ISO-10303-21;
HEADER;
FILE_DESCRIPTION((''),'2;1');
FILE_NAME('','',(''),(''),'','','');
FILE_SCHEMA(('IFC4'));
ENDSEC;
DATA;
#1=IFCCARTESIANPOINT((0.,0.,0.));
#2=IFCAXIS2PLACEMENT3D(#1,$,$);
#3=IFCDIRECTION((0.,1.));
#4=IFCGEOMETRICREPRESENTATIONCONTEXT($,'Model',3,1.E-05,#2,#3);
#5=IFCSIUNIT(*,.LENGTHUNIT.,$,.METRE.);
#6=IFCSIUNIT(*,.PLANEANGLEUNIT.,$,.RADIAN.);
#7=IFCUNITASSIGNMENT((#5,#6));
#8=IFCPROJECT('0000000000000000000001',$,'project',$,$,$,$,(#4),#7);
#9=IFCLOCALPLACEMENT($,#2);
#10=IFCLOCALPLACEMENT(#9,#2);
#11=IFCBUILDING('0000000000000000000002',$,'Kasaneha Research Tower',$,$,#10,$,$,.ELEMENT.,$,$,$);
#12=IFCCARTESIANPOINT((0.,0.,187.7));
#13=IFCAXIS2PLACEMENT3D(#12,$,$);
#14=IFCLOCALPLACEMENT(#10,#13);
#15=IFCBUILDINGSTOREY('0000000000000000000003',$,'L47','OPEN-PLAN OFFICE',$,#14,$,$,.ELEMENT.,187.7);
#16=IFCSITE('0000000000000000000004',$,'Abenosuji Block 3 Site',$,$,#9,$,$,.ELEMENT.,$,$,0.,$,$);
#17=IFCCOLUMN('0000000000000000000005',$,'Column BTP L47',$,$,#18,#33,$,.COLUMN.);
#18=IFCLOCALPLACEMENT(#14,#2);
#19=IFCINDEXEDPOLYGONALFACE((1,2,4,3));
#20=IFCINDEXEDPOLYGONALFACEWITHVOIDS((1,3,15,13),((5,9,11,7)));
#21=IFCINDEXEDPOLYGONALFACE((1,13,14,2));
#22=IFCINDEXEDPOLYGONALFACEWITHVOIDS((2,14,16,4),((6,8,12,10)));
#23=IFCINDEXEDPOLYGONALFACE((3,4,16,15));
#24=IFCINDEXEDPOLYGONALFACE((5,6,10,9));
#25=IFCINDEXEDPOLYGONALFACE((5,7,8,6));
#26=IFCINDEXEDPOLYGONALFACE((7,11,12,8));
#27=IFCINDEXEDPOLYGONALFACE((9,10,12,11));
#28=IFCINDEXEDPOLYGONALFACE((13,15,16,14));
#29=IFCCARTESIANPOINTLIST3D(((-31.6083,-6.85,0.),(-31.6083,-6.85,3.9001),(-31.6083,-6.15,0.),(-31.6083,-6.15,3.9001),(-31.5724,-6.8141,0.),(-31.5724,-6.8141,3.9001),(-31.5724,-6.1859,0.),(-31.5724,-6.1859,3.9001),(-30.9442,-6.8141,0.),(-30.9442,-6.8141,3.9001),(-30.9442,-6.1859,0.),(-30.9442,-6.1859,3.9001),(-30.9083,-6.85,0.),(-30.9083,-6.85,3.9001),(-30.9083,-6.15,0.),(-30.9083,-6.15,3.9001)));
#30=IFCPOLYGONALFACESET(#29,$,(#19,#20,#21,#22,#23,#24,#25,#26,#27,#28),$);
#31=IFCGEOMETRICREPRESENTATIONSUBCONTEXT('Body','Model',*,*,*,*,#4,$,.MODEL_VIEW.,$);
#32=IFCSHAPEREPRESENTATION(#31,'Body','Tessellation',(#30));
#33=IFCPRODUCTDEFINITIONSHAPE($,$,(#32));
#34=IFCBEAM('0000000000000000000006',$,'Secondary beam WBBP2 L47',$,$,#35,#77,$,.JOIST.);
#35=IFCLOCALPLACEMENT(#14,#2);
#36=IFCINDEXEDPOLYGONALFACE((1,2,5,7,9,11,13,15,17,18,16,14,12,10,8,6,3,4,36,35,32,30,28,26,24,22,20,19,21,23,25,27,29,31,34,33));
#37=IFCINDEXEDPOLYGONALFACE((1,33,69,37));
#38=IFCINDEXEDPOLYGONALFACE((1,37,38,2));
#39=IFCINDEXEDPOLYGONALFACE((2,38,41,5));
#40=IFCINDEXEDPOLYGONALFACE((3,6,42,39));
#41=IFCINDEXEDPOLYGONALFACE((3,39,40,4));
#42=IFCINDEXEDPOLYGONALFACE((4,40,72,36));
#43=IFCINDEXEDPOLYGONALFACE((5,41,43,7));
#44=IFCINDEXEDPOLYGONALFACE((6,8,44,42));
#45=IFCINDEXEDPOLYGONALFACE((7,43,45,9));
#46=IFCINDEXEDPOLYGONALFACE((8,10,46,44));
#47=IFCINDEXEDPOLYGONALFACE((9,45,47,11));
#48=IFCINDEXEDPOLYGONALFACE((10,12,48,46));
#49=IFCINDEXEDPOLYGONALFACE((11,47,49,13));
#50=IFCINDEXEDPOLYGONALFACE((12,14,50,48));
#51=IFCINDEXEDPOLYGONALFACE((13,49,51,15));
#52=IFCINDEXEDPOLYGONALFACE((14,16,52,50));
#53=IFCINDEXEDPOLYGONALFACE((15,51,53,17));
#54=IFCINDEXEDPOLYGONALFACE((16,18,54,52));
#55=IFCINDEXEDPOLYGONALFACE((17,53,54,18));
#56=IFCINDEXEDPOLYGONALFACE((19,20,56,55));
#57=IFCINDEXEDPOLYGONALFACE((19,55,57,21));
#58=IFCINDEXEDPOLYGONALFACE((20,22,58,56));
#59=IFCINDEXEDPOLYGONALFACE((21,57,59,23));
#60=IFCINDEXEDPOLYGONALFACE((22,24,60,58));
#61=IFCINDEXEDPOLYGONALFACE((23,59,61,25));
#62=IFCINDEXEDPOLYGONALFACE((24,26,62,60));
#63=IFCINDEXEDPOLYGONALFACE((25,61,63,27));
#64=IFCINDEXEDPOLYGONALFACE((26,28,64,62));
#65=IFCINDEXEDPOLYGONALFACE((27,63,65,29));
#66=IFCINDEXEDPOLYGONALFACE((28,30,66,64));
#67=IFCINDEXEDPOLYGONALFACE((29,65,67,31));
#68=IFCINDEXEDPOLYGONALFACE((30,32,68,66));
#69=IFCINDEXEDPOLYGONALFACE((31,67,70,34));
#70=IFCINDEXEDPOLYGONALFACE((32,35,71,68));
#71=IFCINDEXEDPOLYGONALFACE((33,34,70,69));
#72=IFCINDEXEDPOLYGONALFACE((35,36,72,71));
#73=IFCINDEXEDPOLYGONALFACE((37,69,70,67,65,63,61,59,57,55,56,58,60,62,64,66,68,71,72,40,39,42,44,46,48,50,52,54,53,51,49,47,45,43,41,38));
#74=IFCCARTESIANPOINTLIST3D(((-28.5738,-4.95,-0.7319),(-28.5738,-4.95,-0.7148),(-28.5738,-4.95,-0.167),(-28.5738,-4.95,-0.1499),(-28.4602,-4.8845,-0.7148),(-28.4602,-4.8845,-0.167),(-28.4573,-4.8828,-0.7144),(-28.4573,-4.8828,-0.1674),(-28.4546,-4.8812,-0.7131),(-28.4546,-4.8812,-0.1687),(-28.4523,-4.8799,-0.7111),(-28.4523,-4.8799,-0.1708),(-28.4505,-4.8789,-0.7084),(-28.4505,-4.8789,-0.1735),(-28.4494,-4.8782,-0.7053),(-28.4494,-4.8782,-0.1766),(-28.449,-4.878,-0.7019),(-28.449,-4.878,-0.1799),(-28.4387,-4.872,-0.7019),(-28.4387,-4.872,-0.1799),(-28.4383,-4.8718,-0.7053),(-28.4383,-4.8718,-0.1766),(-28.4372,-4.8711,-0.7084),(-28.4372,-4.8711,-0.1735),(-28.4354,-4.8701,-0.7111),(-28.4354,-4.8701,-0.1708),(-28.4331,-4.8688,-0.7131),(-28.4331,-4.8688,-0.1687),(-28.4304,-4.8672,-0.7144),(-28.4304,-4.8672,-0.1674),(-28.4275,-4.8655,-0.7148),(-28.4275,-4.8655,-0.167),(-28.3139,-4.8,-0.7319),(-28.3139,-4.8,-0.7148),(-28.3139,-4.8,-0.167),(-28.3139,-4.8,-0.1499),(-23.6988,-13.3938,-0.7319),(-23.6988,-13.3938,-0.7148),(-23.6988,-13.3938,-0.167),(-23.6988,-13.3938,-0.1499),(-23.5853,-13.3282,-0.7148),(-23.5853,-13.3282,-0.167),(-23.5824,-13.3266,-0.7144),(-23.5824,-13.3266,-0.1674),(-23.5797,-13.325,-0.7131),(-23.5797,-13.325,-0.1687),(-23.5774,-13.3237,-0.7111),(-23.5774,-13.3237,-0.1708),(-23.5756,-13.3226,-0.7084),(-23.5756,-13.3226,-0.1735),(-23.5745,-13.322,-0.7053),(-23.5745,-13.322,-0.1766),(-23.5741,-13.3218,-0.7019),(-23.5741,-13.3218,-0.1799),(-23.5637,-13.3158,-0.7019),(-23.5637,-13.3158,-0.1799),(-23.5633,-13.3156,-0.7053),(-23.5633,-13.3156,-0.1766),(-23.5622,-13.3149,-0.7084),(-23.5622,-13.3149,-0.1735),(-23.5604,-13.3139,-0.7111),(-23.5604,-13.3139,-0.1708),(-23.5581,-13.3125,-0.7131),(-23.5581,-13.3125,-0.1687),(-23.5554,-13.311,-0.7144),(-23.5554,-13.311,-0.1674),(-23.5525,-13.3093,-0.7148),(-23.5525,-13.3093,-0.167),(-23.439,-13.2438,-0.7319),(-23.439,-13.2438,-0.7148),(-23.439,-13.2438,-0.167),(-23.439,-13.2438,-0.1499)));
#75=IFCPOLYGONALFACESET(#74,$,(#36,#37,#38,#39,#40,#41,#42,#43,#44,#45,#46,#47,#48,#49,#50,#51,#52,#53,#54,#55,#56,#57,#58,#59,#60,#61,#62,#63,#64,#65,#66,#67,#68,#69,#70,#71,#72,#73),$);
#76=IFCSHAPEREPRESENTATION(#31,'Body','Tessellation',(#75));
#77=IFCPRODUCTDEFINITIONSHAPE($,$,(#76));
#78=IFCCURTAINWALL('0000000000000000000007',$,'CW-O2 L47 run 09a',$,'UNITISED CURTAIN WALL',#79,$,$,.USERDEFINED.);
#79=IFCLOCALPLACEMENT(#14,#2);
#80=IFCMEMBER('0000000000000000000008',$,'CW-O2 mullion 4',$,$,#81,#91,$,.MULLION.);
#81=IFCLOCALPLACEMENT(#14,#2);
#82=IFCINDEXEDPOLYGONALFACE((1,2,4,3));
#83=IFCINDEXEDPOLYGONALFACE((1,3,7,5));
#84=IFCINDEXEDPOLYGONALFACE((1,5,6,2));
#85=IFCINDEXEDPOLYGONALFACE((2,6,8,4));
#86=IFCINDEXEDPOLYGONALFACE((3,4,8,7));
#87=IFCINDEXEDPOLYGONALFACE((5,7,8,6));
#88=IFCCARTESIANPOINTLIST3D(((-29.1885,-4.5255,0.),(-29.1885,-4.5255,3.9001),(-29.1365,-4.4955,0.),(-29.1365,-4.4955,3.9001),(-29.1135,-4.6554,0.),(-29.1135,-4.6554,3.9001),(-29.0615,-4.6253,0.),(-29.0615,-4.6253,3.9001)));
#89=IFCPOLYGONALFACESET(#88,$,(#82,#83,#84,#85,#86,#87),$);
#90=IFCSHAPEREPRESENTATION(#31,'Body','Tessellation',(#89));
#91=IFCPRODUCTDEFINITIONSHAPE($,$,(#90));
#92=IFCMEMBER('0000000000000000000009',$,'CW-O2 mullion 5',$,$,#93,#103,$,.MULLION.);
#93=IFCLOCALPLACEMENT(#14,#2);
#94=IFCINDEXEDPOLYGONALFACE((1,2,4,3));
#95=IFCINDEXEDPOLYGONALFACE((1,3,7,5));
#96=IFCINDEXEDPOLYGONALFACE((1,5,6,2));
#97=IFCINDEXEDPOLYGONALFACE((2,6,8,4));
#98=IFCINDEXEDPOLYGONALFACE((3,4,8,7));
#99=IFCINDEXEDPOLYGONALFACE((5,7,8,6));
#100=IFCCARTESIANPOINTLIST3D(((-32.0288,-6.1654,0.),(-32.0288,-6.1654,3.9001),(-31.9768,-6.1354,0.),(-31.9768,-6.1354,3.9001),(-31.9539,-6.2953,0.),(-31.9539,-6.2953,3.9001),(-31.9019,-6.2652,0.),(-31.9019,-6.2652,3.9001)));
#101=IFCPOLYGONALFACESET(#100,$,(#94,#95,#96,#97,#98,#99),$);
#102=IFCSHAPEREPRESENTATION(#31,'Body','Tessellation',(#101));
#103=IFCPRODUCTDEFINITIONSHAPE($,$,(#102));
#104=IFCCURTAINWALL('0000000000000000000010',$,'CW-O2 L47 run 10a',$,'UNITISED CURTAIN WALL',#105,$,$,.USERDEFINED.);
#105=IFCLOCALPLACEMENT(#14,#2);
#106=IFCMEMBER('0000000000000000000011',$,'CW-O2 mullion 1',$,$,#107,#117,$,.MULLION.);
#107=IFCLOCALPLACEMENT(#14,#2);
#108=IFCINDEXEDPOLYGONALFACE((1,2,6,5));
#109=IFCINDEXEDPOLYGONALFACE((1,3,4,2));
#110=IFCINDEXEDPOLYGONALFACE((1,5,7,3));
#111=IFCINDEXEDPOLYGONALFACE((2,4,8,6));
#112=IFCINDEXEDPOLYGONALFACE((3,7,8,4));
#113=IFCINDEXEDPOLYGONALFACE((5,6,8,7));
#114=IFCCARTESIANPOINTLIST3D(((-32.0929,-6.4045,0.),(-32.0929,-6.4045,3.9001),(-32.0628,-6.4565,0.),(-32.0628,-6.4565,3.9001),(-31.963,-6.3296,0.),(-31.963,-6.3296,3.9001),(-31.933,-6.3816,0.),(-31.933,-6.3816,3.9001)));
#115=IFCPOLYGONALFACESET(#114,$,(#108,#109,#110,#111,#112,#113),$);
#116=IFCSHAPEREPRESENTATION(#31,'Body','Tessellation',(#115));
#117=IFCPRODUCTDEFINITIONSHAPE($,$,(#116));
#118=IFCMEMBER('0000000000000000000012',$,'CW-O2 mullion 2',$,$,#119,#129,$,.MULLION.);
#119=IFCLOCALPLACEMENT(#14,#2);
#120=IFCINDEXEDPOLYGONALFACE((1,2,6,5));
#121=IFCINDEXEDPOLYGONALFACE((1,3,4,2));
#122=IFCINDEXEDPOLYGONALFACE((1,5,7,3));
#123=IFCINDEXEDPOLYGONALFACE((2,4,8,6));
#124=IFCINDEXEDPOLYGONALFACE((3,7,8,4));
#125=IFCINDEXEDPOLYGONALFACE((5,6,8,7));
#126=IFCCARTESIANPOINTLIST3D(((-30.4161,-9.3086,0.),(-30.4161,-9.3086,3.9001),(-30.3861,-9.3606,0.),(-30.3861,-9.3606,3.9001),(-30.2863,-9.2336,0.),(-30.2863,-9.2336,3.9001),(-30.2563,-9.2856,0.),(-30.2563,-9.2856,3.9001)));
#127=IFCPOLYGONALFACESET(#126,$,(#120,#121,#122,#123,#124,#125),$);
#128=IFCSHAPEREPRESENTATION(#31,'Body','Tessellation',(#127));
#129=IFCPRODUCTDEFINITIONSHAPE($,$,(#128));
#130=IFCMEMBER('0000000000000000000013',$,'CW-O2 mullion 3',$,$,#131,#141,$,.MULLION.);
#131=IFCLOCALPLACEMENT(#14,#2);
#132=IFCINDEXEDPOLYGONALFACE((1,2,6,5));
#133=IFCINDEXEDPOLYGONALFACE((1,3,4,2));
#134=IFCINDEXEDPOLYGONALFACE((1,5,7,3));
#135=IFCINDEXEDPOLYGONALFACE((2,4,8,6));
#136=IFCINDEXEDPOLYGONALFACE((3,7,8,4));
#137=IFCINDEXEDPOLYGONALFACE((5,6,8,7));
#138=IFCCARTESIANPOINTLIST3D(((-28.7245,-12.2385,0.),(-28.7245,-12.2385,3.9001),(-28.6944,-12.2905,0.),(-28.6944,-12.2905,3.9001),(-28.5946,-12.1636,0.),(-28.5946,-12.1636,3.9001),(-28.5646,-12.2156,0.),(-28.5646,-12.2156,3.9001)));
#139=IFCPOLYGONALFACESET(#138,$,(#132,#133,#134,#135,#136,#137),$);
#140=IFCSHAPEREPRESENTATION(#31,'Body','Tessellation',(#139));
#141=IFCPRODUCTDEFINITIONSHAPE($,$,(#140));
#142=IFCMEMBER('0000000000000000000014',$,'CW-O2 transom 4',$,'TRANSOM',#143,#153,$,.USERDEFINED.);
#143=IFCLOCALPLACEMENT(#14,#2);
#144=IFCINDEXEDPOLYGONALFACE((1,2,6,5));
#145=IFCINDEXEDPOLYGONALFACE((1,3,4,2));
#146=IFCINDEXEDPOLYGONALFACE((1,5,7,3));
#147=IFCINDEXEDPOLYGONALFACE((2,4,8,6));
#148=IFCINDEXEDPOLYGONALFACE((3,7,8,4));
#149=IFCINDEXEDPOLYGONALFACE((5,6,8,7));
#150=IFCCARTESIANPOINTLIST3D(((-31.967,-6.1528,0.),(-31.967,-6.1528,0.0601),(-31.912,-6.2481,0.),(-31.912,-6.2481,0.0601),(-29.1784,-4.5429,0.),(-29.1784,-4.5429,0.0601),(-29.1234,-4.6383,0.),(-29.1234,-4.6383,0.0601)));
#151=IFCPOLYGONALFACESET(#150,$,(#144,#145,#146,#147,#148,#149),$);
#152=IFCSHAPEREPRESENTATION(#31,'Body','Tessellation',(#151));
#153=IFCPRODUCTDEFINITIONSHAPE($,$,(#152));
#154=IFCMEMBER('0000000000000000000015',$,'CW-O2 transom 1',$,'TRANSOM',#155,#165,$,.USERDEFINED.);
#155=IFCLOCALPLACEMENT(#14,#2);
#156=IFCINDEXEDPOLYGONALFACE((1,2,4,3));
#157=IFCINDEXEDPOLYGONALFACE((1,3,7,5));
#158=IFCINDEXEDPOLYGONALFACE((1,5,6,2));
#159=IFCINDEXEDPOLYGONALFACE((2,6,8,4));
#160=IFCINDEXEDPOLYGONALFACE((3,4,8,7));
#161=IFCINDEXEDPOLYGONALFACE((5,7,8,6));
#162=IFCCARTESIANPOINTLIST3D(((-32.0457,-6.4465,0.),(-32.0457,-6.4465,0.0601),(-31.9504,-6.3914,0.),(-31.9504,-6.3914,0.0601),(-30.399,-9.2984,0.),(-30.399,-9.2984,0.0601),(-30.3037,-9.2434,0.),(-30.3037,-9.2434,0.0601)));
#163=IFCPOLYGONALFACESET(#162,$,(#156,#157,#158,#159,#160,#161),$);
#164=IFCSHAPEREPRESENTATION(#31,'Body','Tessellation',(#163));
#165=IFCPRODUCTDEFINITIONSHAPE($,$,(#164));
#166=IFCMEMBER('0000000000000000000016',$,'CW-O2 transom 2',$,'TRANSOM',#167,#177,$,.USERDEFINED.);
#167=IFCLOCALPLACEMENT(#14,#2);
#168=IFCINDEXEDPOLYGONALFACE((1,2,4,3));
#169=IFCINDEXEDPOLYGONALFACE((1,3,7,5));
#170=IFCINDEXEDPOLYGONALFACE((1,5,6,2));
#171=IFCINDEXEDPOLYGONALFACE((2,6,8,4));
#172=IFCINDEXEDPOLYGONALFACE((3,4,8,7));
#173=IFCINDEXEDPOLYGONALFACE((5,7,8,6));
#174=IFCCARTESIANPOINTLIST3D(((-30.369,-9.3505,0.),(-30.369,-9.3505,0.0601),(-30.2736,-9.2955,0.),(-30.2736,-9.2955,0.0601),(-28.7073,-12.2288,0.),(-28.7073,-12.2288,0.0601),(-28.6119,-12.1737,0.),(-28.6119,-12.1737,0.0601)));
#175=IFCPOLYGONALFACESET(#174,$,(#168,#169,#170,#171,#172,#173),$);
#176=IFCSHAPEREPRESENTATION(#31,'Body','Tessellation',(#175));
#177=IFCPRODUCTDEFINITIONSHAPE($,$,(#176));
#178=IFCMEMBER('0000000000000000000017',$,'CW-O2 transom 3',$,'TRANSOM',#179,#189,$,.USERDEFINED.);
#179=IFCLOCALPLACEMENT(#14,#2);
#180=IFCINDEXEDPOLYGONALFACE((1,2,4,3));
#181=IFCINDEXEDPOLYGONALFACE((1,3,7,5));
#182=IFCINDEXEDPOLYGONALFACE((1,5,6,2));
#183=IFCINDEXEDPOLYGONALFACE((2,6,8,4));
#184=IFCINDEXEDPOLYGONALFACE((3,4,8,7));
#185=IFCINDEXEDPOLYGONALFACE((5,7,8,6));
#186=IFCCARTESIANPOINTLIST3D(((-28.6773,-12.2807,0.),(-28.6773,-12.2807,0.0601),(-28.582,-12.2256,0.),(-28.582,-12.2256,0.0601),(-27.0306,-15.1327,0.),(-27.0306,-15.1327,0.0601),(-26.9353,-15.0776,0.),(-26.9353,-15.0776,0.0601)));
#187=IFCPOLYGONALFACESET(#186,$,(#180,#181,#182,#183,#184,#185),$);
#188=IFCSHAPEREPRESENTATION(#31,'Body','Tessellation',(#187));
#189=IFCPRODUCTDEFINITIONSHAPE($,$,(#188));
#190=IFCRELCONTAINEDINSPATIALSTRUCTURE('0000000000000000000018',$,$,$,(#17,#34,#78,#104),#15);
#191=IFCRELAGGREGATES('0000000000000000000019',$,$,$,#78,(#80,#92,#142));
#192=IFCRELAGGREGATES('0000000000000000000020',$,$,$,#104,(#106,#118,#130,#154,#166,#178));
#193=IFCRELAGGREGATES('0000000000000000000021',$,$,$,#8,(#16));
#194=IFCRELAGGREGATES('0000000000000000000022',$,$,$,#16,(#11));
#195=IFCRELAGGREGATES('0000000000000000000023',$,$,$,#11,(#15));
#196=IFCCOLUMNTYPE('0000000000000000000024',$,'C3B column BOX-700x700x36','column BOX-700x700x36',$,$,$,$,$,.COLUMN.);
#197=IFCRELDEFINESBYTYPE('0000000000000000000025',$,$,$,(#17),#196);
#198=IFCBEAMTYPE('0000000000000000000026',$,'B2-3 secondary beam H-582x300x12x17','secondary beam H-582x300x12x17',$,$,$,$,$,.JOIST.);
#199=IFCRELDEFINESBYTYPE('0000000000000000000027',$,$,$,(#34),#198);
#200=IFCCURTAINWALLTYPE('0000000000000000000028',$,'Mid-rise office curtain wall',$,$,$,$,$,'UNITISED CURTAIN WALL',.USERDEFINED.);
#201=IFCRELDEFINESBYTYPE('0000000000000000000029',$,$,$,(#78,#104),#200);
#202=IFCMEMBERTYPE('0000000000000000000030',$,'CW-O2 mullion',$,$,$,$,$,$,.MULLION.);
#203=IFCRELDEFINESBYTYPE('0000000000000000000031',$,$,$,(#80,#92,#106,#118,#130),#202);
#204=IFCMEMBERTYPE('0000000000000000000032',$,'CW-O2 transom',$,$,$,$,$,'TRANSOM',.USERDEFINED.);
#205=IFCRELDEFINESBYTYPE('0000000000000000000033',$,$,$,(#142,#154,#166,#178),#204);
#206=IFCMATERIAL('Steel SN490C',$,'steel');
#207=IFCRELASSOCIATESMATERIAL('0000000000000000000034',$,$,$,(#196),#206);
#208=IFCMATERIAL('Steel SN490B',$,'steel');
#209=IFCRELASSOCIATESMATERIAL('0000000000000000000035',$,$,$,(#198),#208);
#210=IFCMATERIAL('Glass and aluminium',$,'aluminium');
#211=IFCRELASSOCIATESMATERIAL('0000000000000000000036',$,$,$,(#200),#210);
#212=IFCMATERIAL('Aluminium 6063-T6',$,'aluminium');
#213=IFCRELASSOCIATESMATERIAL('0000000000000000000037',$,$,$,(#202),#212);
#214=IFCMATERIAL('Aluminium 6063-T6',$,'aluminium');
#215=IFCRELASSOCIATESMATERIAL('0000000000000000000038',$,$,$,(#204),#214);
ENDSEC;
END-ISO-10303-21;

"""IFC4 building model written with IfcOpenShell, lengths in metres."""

from ifc_helpers import new_model, si_unit, direction, frame, origin, origin_2d, place, context, subcontext, project, spatial, rectangle, hollow_rectangle, i_section, extrude, material, material_profile, profile_set, type_object, element, aggregate, save


model = new_model("IFC4")

# Units and contexts
model_context = context("Model", 3, precision=1e-05, world=origin(), true_north=direction((0.0, 1.0)))
body_context = subcontext(model_context, "Body", "Model", "MODEL_VIEW")
ifc_project = project(units=[si_unit("LENGTHUNIT", "METRE"), si_unit("PLANEANGLEUNIT", "RADIAN")], contexts=[model_context])

# Site, building, storey
site_placement = place(None, origin())
site = spatial("IfcSite", under=ifc_project, at=site_placement, Name="Abenosuji Block 3 Site", CompositionType="ELEMENT", RefElevation=0.0)
building_placement = place(site_placement, origin())
building = spatial("IfcBuilding", under=site, at=building_placement, Name="Kasaneha Research Tower", CompositionType="ELEMENT")
storey_placement = place(building_placement, frame((0.0, 0.0, 187.7)))
storey = spatial("IfcBuildingStorey", under=building, at=storey_placement, Name="L47", Description="OPEN-PLAN OFFICE", CompositionType="ELEMENT", Elevation=187.7)

# Column
ifc_material_1 = material(Name="Steel SN490C", Category="steel")
ifc_material_profile_1 = material_profile(ifc_material_1, hollow_rectangle(XDim=0.7, YDim=0.7, WallThickness=0.0359, at=origin_2d()), Name="BOX-700x700x36")
ifc_profile_set_1 = profile_set([ifc_material_profile_1], Name="Steel SN490C")
column_type = type_object("IfcColumnType", Name="C3B column BOX-700x700x36", Description="column BOX-700x700x36", PredefinedType="COLUMN", material=ifc_profile_set_1)
column_placement = place(storey_placement, frame((-31.2583, -6.5, 0.0), z_axis=(0.0, 0.0, 1.0), x_axis=(1.0, 0.0, 0.0)))
element("IfcColumn", 1, at=column_placement, inside=storey, type_object=column_type, Name="Column BTP L47", PredefinedType="COLUMN", context=body_context, shape_type="SweptSolid", body=[
    extrude(hollow_rectangle(XDim=0.7, YDim=0.7, WallThickness=0.0359, at=origin_2d()), origin(), (0.0, 0.0, 1.0), 3.9001),
])

# Beam
ifc_material_2 = material(Name="Steel SN490B", Category="steel")
ifc_material_profile_2 = material_profile(ifc_material_2, i_section(OverallWidth=0.3, OverallDepth=0.582, WebThickness=0.012, FlangeThickness=0.0171, FilletRadius=0.0129, at=origin_2d()), Name="H-582x300x12x17")
ifc_profile_set_2 = profile_set([ifc_material_profile_2], Name="Steel SN490B")
beam_type_1 = type_object("IfcBeamType", Name="B2-3 secondary beam H-582x300x12x17", Description="secondary beam H-582x300x12x17", PredefinedType="JOIST", material=ifc_profile_set_2)
beam_1_placement = place(storey_placement, frame((-28.4438, -4.875, -0.4409), z_axis=(0.499996, -0.866028, 0.0), x_axis=(0.866028, 0.499996, 0.0)))
element("IfcBeam", 2, at=beam_1_placement, inside=storey, type_object=beam_type_1, Name="Secondary beam WBBP2 L47", PredefinedType="JOIST", context=body_context, shape_type="SweptSolid", body=[
    extrude(i_section(OverallWidth=0.3, OverallDepth=0.582, WebThickness=0.012, FlangeThickness=0.0171, FilletRadius=0.0129, at=origin_2d()), origin(), (0.0, 0.0, 1.0), 9.75),
])

# Curtain walls, members
ifc_material_3 = material(Name="Glass and aluminium", Category="aluminium")
curtain_wall_type = type_object("IfcCurtainWallType", Name="Mid-rise office curtain wall", ElementType="UNITISED CURTAIN WALL", PredefinedType="USERDEFINED", material=ifc_material_3)
curtain_wall_1_placement = place(storey_placement, origin())
curtain_wall_1 = element("IfcCurtainWall", 3, at=curtain_wall_1_placement, inside=storey, type_object=curtain_wall_type, Name="CW-O2 L47 run 09a", ObjectType="UNITISED CURTAIN WALL", PredefinedType="USERDEFINED")
ifc_material_4 = material(Name="Aluminium 6063-T6", Category="aluminium")
ifc_material_profile_3 = material_profile(ifc_material_4, rectangle(XDim=0.0601, YDim=0.1499, at=origin_2d()), Name="CW-O2 mullion 60x150")
ifc_profile_set_3 = profile_set([ifc_material_profile_3], Name="Aluminium 6063-T6")
member_type_1 = type_object("IfcMemberType", Name="CW-O2 mullion", PredefinedType="MULLION", material=ifc_profile_set_3)
member_1_placement = place(storey_placement, frame((-29.125, -4.5754, 0.0), z_axis=(0.0, 0.0, 1.0), x_axis=(-0.866025, -0.5, 0.0)))
member_1 = element("IfcMember", 4, at=member_1_placement, type_object=member_type_1, Name="CW-O2 mullion 4", PredefinedType="MULLION", context=body_context, shape_type="SweptSolid", body=[
    extrude(rectangle(XDim=0.0601, YDim=0.1499, at=origin_2d()), origin(), (0.0, 0.0, 1.0), 3.9001),
])
member_2_placement = place(storey_placement, frame((-31.9653, -6.2153, 0.0), z_axis=(0.0, 0.0, 1.0), x_axis=(-0.866025, -0.5, 0.0)))
member_2 = element("IfcMember", 5, at=member_2_placement, type_object=member_type_1, Name="CW-O2 mullion 5", PredefinedType="MULLION", context=body_context, shape_type="SweptSolid", body=[
    extrude(rectangle(XDim=0.0601, YDim=0.1499, at=origin_2d()), origin(), (0.0, 0.0, 1.0), 3.9001),
])
curtain_wall_2_placement = place(storey_placement, origin())
curtain_wall_2 = element("IfcCurtainWall", 6, at=curtain_wall_2_placement, inside=storey, type_object=curtain_wall_type, Name="CW-O2 L47 run 10a", ObjectType="UNITISED CURTAIN WALL", PredefinedType="USERDEFINED")
member_3_placement = place(storey_placement, frame((-32.0129, -6.3931, 0.0), z_axis=(0.0, 0.0, 1.0), x_axis=(0.5, -0.866025, 0.0)))
member_3 = element("IfcMember", 7, at=member_3_placement, type_object=member_type_1, Name="CW-O2 mullion 1", PredefinedType="MULLION", context=body_context, shape_type="SweptSolid", body=[
    extrude(rectangle(XDim=0.0601, YDim=0.1499, at=origin_2d()), origin(), (0.0, 0.0, 1.0), 3.9001),
])
member_4_placement = place(storey_placement, frame((-30.3362, -9.2971, 0.0), z_axis=(0.0, 0.0, 1.0), x_axis=(0.5, -0.866025, 0.0)))
member_4 = element("IfcMember", 8, at=member_4_placement, type_object=member_type_1, Name="CW-O2 mullion 2", PredefinedType="MULLION", context=body_context, shape_type="SweptSolid", body=[
    extrude(rectangle(XDim=0.0601, YDim=0.1499, at=origin_2d()), origin(), (0.0, 0.0, 1.0), 3.9001),
])
member_5_placement = place(storey_placement, frame((-28.6445, -12.2271, 0.0), z_axis=(0.0, 0.0, 1.0), x_axis=(0.5, -0.866025, 0.0)))
member_5 = element("IfcMember", 9, at=member_5_placement, type_object=member_type_1, Name="CW-O2 mullion 3", PredefinedType="MULLION", context=body_context, shape_type="SweptSolid", body=[
    extrude(rectangle(XDim=0.0601, YDim=0.1499, at=origin_2d()), origin(), (0.0, 0.0, 1.0), 3.9001),
])

# Members
ifc_material_5 = material(Name="Aluminium 6063-T6", Category="aluminium")
ifc_material_profile_4 = material_profile(ifc_material_5, rectangle(XDim=0.1101, YDim=0.0601, at=origin_2d()), Name="CW-O2 transom 110x60")
ifc_profile_set_4 = profile_set([ifc_material_profile_4], Name="Aluminium 6063-T6")
member_type_2 = type_object("IfcMemberType", Name="CW-O2 transom", ElementType="TRANSOM", PredefinedType="USERDEFINED", material=ifc_profile_set_4)
member_6_placement = place(storey_placement, frame((-29.1509, -4.5906, 0.03), z_axis=(-0.866042, -0.499972, 0.0), x_axis=(0.499972, -0.866042, 0.0)))
member_6 = element("IfcMember", 10, at=member_6_placement, type_object=member_type_2, Name="CW-O2 transom 4", ObjectType="TRANSOM", PredefinedType="USERDEFINED", context=body_context, shape_type="SweptSolid", body=[
    extrude(rectangle(XDim=0.1101, YDim=0.0601, at=origin_2d()), origin(), (0.0, 0.0, 1.0), 3.22),
])
member_7_placement = place(storey_placement, frame((-31.998, -6.4189, 0.03), z_axis=(0.500022, -0.866013, 0.0), x_axis=(0.866013, 0.500022, 0.0)))
member_7 = element("IfcMember", 11, at=member_7_placement, type_object=member_type_2, Name="CW-O2 transom 1", ObjectType="TRANSOM", PredefinedType="USERDEFINED", context=body_context, shape_type="SweptSolid", body=[
    extrude(rectangle(XDim=0.1101, YDim=0.0601, at=origin_2d()), origin(), (0.0, 0.0, 1.0), 3.2932),
])
member_8_placement = place(storey_placement, frame((-30.3213, -9.323, 0.03), z_axis=(0.499979, -0.866038, 0.0), x_axis=(0.866038, 0.499979, 0.0)))
member_8 = element("IfcMember", 12, at=member_8_placement, type_object=member_type_2, Name="CW-O2 transom 2", ObjectType="TRANSOM", PredefinedType="USERDEFINED", context=body_context, shape_type="SweptSolid", body=[
    extrude(rectangle(XDim=0.1101, YDim=0.0601, at=origin_2d()), origin(), (0.0, 0.0, 1.0), 3.3235),
])
member_9_placement = place(storey_placement, frame((-28.6296, -12.2532, 0.03), z_axis=(0.500022, -0.866013, 0.0), x_axis=(0.866013, 0.500022, 0.0)))
member_9 = element("IfcMember", 13, at=member_9_placement, type_object=member_type_2, Name="CW-O2 transom 3", ObjectType="TRANSOM", PredefinedType="USERDEFINED", context=body_context, shape_type="SweptSolid", body=[
    extrude(rectangle(XDim=0.1101, YDim=0.0601, at=origin_2d()), origin(), (0.0, 0.0, 1.0), 3.2932),
])

aggregate(curtain_wall_1, [member_1, member_2, member_6])
aggregate(curtain_wall_2, [member_3, member_4, member_5, member_7, member_8, member_9])

save(model, "model.ifc")
